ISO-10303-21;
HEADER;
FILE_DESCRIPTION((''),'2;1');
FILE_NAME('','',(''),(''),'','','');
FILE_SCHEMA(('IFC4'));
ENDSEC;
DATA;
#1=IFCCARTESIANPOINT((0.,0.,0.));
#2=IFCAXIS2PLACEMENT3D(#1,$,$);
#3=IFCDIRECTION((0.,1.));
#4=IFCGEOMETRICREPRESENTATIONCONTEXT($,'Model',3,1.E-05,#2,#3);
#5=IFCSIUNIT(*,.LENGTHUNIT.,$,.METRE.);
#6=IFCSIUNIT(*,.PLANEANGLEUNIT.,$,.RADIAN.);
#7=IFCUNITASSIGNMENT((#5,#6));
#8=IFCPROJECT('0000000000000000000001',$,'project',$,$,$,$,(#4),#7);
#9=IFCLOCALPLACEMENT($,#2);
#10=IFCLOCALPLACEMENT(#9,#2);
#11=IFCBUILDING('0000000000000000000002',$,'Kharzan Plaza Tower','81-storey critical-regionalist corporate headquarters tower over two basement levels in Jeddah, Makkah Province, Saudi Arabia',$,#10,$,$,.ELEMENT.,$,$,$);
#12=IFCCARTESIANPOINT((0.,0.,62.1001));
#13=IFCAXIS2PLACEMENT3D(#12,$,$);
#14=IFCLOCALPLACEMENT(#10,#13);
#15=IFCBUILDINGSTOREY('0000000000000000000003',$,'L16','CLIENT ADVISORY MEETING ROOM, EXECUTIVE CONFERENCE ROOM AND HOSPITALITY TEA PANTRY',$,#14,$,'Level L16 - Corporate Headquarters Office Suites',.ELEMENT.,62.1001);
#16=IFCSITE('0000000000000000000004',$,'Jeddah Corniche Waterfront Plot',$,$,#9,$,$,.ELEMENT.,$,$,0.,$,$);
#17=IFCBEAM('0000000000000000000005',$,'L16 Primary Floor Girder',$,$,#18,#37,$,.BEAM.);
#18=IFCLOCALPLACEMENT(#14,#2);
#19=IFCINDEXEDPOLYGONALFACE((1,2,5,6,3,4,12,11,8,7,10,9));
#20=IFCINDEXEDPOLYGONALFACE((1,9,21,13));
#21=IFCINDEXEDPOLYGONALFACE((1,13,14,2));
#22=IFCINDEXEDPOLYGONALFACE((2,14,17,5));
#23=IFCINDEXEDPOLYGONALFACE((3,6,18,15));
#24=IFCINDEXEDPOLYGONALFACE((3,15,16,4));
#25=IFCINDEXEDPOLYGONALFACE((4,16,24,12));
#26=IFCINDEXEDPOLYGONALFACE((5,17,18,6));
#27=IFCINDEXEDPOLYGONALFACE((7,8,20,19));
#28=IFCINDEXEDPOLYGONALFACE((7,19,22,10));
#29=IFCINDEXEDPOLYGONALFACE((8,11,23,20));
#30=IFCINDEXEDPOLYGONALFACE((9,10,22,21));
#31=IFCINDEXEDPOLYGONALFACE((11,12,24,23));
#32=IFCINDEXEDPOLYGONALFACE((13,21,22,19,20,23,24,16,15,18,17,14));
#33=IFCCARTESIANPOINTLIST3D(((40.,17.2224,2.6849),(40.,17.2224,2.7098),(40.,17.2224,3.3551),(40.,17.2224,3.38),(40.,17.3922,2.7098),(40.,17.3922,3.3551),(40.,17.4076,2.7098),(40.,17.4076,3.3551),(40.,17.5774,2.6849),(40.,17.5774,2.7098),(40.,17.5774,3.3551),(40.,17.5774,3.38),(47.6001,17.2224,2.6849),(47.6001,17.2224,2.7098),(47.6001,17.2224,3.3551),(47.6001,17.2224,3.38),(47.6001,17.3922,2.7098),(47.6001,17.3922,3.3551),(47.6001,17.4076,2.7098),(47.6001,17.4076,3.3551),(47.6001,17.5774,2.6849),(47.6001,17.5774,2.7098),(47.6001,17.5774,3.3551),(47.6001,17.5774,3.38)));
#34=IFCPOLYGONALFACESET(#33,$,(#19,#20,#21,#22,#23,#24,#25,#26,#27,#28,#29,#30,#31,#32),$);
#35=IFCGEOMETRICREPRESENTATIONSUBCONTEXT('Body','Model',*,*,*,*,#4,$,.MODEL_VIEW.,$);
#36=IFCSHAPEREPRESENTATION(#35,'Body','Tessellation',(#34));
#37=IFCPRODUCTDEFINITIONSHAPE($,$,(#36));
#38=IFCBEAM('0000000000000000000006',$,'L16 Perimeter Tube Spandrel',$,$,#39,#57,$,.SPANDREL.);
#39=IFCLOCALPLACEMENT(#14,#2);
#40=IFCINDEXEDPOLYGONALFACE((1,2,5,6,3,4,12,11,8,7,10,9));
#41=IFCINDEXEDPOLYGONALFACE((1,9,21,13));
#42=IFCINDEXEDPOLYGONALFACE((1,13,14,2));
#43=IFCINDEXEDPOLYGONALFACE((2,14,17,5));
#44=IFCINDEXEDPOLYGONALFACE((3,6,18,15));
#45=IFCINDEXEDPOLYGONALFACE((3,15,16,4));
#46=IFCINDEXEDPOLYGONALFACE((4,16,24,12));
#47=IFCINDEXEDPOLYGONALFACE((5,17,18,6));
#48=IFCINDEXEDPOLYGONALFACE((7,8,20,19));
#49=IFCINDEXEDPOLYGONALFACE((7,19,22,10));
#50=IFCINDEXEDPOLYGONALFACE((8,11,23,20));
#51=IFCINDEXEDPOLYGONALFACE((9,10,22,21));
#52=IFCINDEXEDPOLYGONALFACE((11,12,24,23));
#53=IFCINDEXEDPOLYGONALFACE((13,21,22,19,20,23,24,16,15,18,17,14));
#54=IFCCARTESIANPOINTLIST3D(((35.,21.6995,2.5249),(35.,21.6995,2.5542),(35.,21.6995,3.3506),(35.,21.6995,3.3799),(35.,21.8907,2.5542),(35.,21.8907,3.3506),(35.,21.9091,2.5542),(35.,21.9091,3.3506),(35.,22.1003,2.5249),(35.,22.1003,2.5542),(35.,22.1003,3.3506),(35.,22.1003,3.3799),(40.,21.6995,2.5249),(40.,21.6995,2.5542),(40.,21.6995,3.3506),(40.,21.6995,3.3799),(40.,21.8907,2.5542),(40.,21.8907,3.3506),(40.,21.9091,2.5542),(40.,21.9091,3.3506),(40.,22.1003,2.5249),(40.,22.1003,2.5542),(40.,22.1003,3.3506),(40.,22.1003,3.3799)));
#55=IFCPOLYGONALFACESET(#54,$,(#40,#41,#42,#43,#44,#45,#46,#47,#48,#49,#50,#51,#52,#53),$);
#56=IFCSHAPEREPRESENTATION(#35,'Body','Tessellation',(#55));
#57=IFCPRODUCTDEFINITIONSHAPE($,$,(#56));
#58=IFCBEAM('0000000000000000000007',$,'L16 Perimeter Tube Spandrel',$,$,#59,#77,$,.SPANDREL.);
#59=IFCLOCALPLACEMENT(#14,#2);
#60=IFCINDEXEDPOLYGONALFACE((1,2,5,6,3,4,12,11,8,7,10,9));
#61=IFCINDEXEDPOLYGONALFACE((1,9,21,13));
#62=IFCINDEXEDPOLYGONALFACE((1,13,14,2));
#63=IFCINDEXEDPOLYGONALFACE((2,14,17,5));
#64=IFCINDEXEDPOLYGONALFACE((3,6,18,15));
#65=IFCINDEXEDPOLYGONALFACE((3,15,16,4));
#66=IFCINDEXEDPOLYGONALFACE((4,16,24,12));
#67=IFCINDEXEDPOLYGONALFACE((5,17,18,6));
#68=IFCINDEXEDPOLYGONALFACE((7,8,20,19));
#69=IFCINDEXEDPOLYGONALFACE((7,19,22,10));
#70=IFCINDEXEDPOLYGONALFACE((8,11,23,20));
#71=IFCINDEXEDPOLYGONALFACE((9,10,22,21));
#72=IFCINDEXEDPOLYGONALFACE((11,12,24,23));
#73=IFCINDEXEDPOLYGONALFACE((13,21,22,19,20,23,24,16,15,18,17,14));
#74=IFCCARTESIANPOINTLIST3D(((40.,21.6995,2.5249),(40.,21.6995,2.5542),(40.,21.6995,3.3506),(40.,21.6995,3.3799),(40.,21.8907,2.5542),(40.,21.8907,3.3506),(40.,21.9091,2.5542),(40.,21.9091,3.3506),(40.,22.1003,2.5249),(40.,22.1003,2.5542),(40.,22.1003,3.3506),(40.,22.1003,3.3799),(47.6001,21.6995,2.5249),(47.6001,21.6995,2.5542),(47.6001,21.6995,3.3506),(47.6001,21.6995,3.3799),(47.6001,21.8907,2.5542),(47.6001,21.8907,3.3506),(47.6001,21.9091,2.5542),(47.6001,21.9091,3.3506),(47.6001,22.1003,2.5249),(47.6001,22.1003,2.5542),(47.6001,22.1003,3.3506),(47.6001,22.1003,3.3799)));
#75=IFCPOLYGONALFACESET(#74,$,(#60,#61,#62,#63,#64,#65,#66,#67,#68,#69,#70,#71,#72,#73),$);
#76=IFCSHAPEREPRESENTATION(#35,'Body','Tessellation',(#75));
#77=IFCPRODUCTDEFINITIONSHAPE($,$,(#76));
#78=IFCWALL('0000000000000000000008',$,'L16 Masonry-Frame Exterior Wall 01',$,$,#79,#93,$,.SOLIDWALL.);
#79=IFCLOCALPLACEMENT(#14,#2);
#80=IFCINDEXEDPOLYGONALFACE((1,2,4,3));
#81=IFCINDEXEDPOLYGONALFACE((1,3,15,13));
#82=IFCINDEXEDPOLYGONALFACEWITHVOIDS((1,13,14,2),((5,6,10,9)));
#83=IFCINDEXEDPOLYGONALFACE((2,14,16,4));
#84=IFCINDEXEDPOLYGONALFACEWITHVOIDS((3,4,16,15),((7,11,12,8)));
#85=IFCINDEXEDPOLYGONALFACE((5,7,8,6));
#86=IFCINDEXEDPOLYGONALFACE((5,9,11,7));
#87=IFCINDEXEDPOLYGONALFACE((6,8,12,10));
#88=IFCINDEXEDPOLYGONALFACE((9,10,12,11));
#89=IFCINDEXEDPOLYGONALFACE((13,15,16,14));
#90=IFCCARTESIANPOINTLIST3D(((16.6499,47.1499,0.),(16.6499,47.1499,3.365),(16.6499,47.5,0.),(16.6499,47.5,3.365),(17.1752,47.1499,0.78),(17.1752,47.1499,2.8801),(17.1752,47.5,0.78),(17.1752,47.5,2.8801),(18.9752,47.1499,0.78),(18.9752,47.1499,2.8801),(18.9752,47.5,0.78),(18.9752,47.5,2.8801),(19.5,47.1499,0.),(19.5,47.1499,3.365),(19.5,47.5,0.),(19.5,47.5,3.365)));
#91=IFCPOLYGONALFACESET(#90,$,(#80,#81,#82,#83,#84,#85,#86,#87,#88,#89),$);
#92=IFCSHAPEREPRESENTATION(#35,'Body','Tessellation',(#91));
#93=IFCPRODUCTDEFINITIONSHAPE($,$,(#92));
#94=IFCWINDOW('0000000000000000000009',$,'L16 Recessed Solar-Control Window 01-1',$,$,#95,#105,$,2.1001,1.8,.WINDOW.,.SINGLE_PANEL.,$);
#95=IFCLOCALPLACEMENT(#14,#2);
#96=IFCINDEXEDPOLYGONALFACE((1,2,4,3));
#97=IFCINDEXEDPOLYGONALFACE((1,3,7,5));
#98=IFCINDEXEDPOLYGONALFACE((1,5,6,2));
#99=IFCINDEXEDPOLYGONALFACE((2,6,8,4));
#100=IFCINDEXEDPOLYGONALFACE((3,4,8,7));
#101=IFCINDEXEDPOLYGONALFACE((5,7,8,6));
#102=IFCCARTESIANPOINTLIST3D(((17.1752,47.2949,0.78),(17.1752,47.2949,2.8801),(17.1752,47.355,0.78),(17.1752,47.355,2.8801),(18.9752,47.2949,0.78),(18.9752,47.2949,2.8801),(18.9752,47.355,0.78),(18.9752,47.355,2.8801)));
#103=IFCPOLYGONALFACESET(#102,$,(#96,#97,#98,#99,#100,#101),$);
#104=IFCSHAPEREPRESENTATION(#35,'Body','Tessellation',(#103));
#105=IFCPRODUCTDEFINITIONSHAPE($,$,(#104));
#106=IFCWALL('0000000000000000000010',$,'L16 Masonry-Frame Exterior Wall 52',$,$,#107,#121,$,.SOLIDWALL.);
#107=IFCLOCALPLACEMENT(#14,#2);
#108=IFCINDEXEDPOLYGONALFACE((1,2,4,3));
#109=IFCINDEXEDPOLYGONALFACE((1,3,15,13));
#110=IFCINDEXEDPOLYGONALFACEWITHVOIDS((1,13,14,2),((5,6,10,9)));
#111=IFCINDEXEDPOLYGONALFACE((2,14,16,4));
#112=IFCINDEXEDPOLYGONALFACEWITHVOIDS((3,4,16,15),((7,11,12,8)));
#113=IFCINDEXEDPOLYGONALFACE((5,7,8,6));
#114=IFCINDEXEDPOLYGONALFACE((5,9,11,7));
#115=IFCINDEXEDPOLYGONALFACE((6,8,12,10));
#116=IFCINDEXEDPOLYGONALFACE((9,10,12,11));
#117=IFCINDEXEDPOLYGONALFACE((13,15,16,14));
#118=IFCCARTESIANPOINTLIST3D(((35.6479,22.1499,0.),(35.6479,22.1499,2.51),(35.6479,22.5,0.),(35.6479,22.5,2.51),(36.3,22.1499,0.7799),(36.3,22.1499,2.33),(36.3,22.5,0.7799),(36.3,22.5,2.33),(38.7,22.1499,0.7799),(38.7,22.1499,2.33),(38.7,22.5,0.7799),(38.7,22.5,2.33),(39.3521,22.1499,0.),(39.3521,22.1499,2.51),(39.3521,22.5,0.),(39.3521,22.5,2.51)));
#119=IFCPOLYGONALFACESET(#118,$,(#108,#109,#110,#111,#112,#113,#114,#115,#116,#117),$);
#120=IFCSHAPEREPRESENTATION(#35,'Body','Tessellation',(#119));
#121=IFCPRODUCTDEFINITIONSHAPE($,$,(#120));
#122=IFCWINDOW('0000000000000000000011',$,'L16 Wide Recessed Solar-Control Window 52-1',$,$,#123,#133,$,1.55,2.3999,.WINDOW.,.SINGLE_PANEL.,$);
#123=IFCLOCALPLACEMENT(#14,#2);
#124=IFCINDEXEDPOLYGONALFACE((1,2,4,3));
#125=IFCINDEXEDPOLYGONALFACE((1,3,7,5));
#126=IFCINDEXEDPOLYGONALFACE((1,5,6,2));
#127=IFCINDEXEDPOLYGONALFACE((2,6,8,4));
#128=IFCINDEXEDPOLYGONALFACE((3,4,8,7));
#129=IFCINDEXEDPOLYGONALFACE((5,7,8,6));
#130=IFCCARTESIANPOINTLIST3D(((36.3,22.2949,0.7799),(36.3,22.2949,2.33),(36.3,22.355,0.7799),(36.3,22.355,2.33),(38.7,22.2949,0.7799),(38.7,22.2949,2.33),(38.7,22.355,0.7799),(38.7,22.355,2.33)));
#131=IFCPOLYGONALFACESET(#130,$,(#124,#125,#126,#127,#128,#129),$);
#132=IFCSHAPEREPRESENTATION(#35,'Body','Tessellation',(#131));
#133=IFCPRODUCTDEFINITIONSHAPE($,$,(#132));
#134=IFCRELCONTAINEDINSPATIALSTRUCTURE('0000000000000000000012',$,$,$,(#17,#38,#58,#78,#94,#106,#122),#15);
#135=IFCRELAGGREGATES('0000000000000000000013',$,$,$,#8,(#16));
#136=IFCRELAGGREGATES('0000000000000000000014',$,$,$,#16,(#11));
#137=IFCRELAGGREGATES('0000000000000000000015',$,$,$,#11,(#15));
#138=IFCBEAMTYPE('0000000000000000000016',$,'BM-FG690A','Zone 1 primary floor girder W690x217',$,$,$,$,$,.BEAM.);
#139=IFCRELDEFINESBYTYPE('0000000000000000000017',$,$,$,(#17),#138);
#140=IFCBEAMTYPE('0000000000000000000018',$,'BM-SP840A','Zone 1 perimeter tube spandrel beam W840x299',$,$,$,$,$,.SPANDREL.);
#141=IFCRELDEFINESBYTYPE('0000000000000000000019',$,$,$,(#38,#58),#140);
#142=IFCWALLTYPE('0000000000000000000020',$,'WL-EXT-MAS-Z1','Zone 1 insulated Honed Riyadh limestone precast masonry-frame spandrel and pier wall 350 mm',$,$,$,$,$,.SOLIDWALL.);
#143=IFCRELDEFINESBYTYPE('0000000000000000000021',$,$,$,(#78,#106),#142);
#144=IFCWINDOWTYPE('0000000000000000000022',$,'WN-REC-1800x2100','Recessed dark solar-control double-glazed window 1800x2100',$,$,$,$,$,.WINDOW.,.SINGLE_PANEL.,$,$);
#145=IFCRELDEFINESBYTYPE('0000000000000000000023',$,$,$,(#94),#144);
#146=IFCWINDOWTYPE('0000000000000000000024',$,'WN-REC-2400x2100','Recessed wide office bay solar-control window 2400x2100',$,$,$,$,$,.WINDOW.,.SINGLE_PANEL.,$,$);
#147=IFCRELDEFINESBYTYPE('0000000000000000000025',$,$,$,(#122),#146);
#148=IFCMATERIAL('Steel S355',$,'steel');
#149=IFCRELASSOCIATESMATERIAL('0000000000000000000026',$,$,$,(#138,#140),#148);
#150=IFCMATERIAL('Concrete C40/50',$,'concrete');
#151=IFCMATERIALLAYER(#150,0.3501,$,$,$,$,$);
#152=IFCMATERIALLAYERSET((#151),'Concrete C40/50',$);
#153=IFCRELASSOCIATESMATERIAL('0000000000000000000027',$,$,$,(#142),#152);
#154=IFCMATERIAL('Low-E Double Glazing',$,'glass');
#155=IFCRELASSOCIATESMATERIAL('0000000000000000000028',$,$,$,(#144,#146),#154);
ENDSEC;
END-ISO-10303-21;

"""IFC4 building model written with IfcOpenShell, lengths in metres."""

from ifc_helpers import new_model, si_unit, direction, frame, frame_2d, origin, origin_2d, place, context, subcontext, project, spatial, rectangle, i_section, extrude, source, transform, mapped, material, layer, layer_set, material_profile, profile_set, type_object, element, fill, save


model = new_model("IFC4")

# Units and contexts
model_context = context("Model", 3, precision=1e-05, world=origin(), true_north=direction((0.0, 1.0)))
body_context = subcontext(model_context, "Body", "Model", "MODEL_VIEW")
ifc_project = project(units=[si_unit("LENGTHUNIT", "METRE"), si_unit("PLANEANGLEUNIT", "RADIAN")], contexts=[model_context])

# Site, building, storey
site_placement = place(None, origin())
site = spatial("IfcSite", under=ifc_project, at=site_placement, Name="Jeddah Corniche Waterfront Plot", CompositionType="ELEMENT", RefElevation=0.0)
building_placement = place(site_placement, origin())
building = spatial("IfcBuilding", under=site, at=building_placement, Name="Kharzan Plaza Tower", Description="81-storey critical-regionalist corporate headquarters tower over two basement levels in Jeddah, Makkah Province, Saudi Arabia", CompositionType="ELEMENT")
storey_placement = place(building_placement, frame((0.0, 0.0, 62.1001)))
storey = spatial("IfcBuildingStorey", under=building, at=storey_placement, Name="L16", Description="CLIENT ADVISORY MEETING ROOM, EXECUTIVE CONFERENCE ROOM AND HOSPITALITY TEA PANTRY", LongName="Level L16 - Corporate Headquarters Office Suites", CompositionType="ELEMENT", Elevation=62.1001)

# Beams
ifc_material_1 = material(Name="Steel S355", Category="steel")
ifc_material_profile_1 = material_profile(ifc_material_1, i_section(OverallWidth=0.355, OverallDepth=0.6951, WebThickness=0.0154, FlangeThickness=0.0249, at=origin_2d()), Name="W690x217")
ifc_profile_set_1 = profile_set([ifc_material_profile_1], Name="Steel S355")
beam_type_1 = type_object("IfcBeamType", Name="BM-FG690A", Description="Zone 1 primary floor girder W690x217", PredefinedType="BEAM", material=ifc_profile_set_1)
shared_shape_1 = source(origin(), body_context, "Body", "SweptSolid", [
    extrude(i_section(OverallWidth=0.355, OverallDepth=0.6951, WebThickness=0.0154, FlangeThickness=0.0249, at=origin_2d()), origin(), (0.0, 0.0, 1.0), 7.6001),
])
beam_1_placement = place(storey_placement, frame((40.0, 17.3999, 3.0325), z_axis=(1.0, 0.0, 0.0), x_axis=(0.0, 1.0, 0.0)))
element("IfcBeam", 1, at=beam_1_placement, inside=storey, type_object=beam_type_1, Name="L16 Primary Floor Girder", PredefinedType="BEAM", context=body_context, shape_type="MappedRepresentation", body=[
    mapped(shared_shape_1, transform((0.0, 0.0, 0.0), x_axis=(1.0, 0.0, 0.0), y_axis=(0.0, 1.0, 0.0), z_axis=(0.0, 0.0, 1.0))),
])
ifc_material_profile_2 = material_profile(ifc_material_1, i_section(OverallWidth=0.4009, OverallDepth=0.855, WebThickness=0.0183, FlangeThickness=0.0293, at=origin_2d()), Name="W840x299")
ifc_profile_set_2 = profile_set([ifc_material_profile_2], Name="Steel S355")
beam_type_2 = type_object("IfcBeamType", Name="BM-SP840A", Description="Zone 1 perimeter tube spandrel beam W840x299", PredefinedType="SPANDREL", material=ifc_profile_set_2)
shared_shape_2 = source(origin(), body_context, "Body", "SweptSolid", [
    extrude(i_section(OverallWidth=0.4009, OverallDepth=0.855, WebThickness=0.0183, FlangeThickness=0.0293, at=origin_2d()), origin(), (0.0, 0.0, 1.0), 5.0),
])
beam_2_placement = place(storey_placement, frame((35.0, 21.8999, 2.9524), z_axis=(1.0, 0.0, 0.0), x_axis=(0.0, 1.0, 0.0)))
element("IfcBeam", 2, at=beam_2_placement, inside=storey, type_object=beam_type_2, Name="L16 Perimeter Tube Spandrel", PredefinedType="SPANDREL", context=body_context, shape_type="MappedRepresentation", body=[
    mapped(shared_shape_2, transform((0.0, 0.0, 0.0), x_axis=(1.0, 0.0, 0.0), y_axis=(0.0, 1.0, 0.0), z_axis=(0.0, 0.0, 1.0))),
])
shared_shape_3 = source(origin(), body_context, "Body", "SweptSolid", [
    extrude(i_section(OverallWidth=0.4009, OverallDepth=0.855, WebThickness=0.0183, FlangeThickness=0.0293, at=origin_2d()), origin(), (0.0, 0.0, 1.0), 7.6001),
])
beam_3_placement = place(storey_placement, frame((40.0, 21.8999, 2.9524), z_axis=(1.0, 0.0, 0.0), x_axis=(0.0, 1.0, 0.0)))
element("IfcBeam", 3, at=beam_3_placement, inside=storey, type_object=beam_type_2, Name="L16 Perimeter Tube Spandrel", PredefinedType="SPANDREL", context=body_context, shape_type="MappedRepresentation", body=[
    mapped(shared_shape_3, transform((0.0, 0.0, 0.0), x_axis=(1.0, 0.0, 0.0), y_axis=(0.0, 1.0, 0.0), z_axis=(0.0, 0.0, 1.0))),
])

# Walls, openings, windows
ifc_material_2 = material(Name="Concrete C40/50", Category="concrete")
ifc_layer_1 = layer(ifc_material_2, 0.3501)
ifc_layer_set_1 = layer_set([ifc_layer_1], Name="Concrete C40/50")
wall_type_1 = type_object("IfcWallType", Name="WL-EXT-MAS-Z1", Description="Zone 1 insulated Honed Riyadh limestone precast masonry-frame spandrel and pier wall 350 mm", PredefinedType="SOLIDWALL", material=ifc_layer_set_1)
wall_1_placement = place(storey_placement, frame((19.5, 47.325, 0.0), z_axis=(0.0, 0.0, 1.0), x_axis=(-1.0, 0.0, 0.0)))
wall_1 = element("IfcWall", 4, at=wall_1_placement, inside=storey, type_object=wall_type_1, Name="L16 Masonry-Frame Exterior Wall 01", PredefinedType="SOLIDWALL", context=body_context, shape_type="SweptSolid", body=[
    extrude(rectangle(XDim=2.8501, YDim=0.3501, at=frame_2d((1.425, 0.0))), origin(), (0.0, 0.0, 1.0), 3.365),
])
opening_1_placement = place(wall_1_placement, frame((0.5249, 0.0, 0.78)))
opening_1 = element("IfcOpeningElement", 5, at=opening_1_placement, cuts=wall_1, PredefinedType="OPENING", context=body_context, shape_type="SweptSolid", body=[
    extrude(rectangle(XDim=1.8, YDim=2.1001, at=frame_2d((0.8999, 1.05))), frame((0.0, 0.1851, 0.0), z_axis=(0.0, -1.0, 0.0), x_axis=(1.0, 0.0, 0.0)), (0.0, 0.0, 1.0), 0.3701),
])
ifc_material_3 = material(Name="Low-E Double Glazing", Category="glass")
window_type_1 = type_object("IfcWindowType", Name="WN-REC-1800x2100", Description="Recessed dark solar-control double-glazed window 1800x2100", PartitioningType="SINGLE_PANEL", PredefinedType="WINDOW", material=ifc_material_3)
shared_shape_4 = source(origin(), body_context, "Body", "SweptSolid", [
    extrude(rectangle(XDim=1.8, YDim=2.1001, at=frame_2d((0.8999, 1.05))), frame((0.0, 0.03, 0.0), z_axis=(0.0, -1.0, 0.0), x_axis=(1.0, 0.0, 0.0)), (0.0, 0.0, 1.0), 0.0601),
])
window_1_placement = place(opening_1_placement, origin())
window_1 = element("IfcWindow", 6, at=window_1_placement, inside=storey, type_object=window_type_1, Name="L16 Recessed Solar-Control Window 01-1", OverallHeight=2.1001, OverallWidth=1.8, PartitioningType="SINGLE_PANEL", PredefinedType="WINDOW", context=body_context, shape_type="MappedRepresentation", body=[
    mapped(shared_shape_4, transform((0.0, 0.0, 0.0), x_axis=(1.0, 0.0, 0.0), y_axis=(0.0, 1.0, 0.0), z_axis=(0.0, 0.0, 1.0))),
])
fill(opening_1, window_1)
wall_2_placement = place(storey_placement, frame((39.3521, 22.325, 0.0), z_axis=(0.0, 0.0, 1.0), x_axis=(-1.0, 0.0, 0.0)))
wall_2 = element("IfcWall", 7, at=wall_2_placement, inside=storey, type_object=wall_type_1, Name="L16 Masonry-Frame Exterior Wall 52", PredefinedType="SOLIDWALL", context=body_context, shape_type="SweptSolid", body=[
    extrude(rectangle(XDim=3.7041, YDim=0.3501, at=frame_2d((1.8521, 0.0))), origin(), (0.0, 0.0, 1.0), 2.51),
])
opening_2_placement = place(wall_2_placement, frame((0.6521, 0.0, 0.78)))
opening_2 = element("IfcOpeningElement", 8, at=opening_2_placement, cuts=wall_2, PredefinedType="OPENING", context=body_context, shape_type="SweptSolid", body=[
    extrude(rectangle(XDim=2.3999, YDim=1.55, at=frame_2d((1.2, 0.7749))), frame((0.0, 0.1851, 0.0), z_axis=(0.0, -1.0, 0.0), x_axis=(1.0, 0.0, 0.0)), (0.0, 0.0, 1.0), 0.3701),
])
window_type_2 = type_object("IfcWindowType", Name="WN-REC-2400x2100", Description="Recessed wide office bay solar-control window 2400x2100", PartitioningType="SINGLE_PANEL", PredefinedType="WINDOW", material=ifc_material_3)
shared_shape_5 = source(origin(), body_context, "Body", "SweptSolid", [
    extrude(rectangle(XDim=2.3999, YDim=1.55, at=frame_2d((1.2, 0.7749))), frame((0.0, 0.03, 0.0), z_axis=(0.0, -1.0, 0.0), x_axis=(1.0, 0.0, 0.0)), (0.0, 0.0, 1.0), 0.0601),
])
window_2_placement = place(opening_2_placement, origin())
window_2 = element("IfcWindow", 9, at=window_2_placement, inside=storey, type_object=window_type_2, Name="L16 Wide Recessed Solar-Control Window 52-1", OverallHeight=1.55, OverallWidth=2.3999, PartitioningType="SINGLE_PANEL", PredefinedType="WINDOW", context=body_context, shape_type="MappedRepresentation", body=[
    mapped(shared_shape_5, transform((0.0, 0.0, 0.0), x_axis=(1.0, 0.0, 0.0), y_axis=(0.0, 1.0, 0.0), z_axis=(0.0, 0.0, 1.0))),
])
fill(opening_2, window_2)

save(model, "model.ifc")
